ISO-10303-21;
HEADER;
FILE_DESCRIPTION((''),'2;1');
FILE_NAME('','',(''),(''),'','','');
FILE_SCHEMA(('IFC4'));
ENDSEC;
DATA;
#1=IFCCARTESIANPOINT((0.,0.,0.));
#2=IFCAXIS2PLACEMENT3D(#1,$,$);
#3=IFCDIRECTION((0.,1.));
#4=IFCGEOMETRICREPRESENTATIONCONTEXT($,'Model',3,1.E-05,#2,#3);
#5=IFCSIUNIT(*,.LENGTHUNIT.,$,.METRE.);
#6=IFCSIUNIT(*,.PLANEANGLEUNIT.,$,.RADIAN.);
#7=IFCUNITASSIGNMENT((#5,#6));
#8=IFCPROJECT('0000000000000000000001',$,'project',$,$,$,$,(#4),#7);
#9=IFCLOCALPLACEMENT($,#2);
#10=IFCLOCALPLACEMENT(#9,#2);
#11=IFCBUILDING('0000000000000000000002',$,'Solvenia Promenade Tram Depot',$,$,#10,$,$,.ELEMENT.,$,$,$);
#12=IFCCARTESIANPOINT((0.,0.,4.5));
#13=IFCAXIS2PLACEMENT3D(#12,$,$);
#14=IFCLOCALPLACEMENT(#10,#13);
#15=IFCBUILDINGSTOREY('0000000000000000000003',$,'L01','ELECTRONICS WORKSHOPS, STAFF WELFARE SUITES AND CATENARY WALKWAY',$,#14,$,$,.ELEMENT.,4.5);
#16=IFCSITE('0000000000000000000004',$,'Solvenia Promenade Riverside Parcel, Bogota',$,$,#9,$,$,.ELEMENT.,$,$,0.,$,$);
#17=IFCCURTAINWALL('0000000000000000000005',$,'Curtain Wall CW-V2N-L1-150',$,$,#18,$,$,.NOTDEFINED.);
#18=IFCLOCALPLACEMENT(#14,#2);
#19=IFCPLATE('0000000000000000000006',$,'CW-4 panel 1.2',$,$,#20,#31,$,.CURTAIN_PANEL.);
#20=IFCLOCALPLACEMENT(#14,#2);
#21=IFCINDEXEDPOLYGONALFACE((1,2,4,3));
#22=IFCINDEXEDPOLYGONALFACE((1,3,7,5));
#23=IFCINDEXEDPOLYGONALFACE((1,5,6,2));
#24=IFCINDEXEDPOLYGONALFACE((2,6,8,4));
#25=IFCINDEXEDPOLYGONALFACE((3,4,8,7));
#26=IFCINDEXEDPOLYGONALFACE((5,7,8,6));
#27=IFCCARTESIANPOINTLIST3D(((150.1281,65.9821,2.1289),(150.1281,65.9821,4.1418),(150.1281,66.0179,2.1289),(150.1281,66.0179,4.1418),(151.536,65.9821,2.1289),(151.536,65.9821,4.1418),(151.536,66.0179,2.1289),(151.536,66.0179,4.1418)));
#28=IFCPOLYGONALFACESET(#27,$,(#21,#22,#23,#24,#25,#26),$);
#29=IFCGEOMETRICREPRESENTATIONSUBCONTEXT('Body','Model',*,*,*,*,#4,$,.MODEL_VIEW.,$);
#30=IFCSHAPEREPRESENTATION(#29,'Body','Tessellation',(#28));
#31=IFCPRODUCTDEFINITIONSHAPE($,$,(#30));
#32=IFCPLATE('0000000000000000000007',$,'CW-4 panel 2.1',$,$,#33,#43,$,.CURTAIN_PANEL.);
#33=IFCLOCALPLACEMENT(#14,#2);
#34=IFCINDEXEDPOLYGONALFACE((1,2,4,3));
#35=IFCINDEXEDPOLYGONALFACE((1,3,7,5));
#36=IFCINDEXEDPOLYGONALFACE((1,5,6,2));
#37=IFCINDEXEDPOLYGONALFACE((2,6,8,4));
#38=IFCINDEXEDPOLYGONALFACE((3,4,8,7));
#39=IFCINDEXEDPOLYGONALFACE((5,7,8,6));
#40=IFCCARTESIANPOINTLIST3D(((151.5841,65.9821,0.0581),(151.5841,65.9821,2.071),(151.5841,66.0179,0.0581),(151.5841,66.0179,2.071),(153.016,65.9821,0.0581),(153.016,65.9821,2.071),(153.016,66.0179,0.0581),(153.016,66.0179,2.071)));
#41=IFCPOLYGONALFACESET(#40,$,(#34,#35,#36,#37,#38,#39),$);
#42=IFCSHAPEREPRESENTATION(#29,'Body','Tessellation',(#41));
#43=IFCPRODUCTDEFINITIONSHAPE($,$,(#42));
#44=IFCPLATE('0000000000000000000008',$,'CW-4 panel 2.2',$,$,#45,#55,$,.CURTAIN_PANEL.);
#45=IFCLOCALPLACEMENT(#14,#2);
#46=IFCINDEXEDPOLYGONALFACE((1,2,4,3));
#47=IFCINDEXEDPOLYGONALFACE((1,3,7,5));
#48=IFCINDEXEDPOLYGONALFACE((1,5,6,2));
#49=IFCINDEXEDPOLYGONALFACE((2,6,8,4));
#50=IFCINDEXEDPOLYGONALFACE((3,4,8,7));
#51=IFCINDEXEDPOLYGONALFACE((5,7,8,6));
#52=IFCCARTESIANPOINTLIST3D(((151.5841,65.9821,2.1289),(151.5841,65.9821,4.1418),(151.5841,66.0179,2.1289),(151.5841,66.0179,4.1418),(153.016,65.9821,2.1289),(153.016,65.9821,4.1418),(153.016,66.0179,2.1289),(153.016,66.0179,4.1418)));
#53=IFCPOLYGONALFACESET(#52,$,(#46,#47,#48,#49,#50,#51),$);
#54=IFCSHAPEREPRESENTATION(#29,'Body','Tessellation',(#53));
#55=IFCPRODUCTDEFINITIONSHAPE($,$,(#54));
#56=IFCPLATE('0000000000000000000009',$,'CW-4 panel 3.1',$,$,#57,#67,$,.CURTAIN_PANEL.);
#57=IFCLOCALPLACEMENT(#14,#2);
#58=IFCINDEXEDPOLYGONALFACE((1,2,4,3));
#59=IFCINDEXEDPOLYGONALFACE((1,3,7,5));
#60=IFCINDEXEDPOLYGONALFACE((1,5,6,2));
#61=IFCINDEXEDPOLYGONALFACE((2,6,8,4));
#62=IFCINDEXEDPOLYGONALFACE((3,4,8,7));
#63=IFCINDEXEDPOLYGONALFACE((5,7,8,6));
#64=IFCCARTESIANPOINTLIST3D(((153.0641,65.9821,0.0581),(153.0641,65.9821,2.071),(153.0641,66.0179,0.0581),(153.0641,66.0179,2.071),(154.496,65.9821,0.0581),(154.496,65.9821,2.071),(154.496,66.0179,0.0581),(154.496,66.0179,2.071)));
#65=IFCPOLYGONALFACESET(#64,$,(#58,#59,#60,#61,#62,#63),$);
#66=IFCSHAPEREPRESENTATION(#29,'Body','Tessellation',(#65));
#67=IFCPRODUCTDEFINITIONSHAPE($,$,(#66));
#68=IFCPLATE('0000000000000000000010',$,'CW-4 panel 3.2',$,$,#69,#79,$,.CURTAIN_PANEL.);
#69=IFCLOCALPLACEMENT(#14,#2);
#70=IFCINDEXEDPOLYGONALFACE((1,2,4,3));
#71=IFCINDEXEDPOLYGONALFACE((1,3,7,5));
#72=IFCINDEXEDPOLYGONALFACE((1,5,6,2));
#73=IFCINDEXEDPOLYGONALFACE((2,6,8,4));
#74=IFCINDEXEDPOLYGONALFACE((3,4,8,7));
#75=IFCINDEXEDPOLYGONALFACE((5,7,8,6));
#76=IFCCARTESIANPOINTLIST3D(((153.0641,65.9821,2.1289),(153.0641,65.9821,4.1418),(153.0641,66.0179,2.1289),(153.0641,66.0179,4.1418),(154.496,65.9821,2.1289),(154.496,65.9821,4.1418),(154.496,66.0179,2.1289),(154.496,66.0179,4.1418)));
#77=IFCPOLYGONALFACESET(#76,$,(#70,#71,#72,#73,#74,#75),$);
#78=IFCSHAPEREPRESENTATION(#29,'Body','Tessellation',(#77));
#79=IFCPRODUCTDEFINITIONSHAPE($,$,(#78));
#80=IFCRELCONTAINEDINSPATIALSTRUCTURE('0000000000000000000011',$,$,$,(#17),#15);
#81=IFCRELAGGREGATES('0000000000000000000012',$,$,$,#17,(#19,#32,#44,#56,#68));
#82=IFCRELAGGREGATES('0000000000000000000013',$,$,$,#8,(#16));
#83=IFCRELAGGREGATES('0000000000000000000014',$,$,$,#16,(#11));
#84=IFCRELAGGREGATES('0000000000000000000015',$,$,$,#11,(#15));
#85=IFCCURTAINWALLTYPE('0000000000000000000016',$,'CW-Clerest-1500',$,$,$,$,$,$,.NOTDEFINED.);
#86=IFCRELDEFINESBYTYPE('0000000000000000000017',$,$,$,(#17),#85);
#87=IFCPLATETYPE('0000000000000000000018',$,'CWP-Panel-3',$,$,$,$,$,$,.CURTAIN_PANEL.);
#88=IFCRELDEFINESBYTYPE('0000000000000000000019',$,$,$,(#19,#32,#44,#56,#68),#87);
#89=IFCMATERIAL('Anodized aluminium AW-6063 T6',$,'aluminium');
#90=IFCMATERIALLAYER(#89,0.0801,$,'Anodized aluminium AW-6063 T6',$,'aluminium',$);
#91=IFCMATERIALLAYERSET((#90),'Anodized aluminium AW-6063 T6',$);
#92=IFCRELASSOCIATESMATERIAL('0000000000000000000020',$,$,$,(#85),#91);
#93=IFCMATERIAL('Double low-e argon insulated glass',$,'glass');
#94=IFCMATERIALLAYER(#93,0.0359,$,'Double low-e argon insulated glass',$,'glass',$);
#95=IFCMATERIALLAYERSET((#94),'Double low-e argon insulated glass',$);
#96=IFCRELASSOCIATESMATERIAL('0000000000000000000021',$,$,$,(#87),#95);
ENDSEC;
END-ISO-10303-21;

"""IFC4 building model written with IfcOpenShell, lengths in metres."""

from ifc_helpers import new_model, si_unit, direction, frame, origin, origin_2d, place, context, subcontext, project, spatial, rectangle, extrude, material, layer, layer_set, type_object, element, aggregate, save


model = new_model("IFC4")

# Units and contexts
model_context = context("Model", 3, precision=1e-05, world=origin(), true_north=direction((0.0, 1.0)))
body_context = subcontext(model_context, "Body", "Model", "MODEL_VIEW")
ifc_project = project(units=[si_unit("LENGTHUNIT", "METRE"), si_unit("PLANEANGLEUNIT", "RADIAN")], contexts=[model_context])

# Site, building, storey
site_placement = place(None, origin())
site = spatial("IfcSite", under=ifc_project, at=site_placement, Name="Solvenia Promenade Riverside Parcel, Bogota", CompositionType="ELEMENT", RefElevation=0.0)
building_placement = place(site_placement, origin())
building = spatial("IfcBuilding", under=site, at=building_placement, Name="Solvenia Promenade Tram Depot", CompositionType="ELEMENT")
storey_placement = place(building_placement, frame((0.0, 0.0, 4.5)))
storey = spatial("IfcBuildingStorey", under=building, at=storey_placement, Name="L01", Description="ELECTRONICS WORKSHOPS, STAFF WELFARE SUITES AND CATENARY WALKWAY", CompositionType="ELEMENT", Elevation=4.5)

# Curtain wall
ifc_material_1 = material(Name="Anodized aluminium AW-6063 T6", Category="aluminium")
ifc_layer_1 = layer(ifc_material_1, 0.0801, Name="Anodized aluminium AW-6063 T6", Category="aluminium")
ifc_layer_set_1 = layer_set([ifc_layer_1], Name="Anodized aluminium AW-6063 T6")
curtain_wall_type_1 = type_object("IfcCurtainWallType", Name="CW-Clerest-1500", PredefinedType="NOTDEFINED", material=ifc_layer_set_1)
curtain_wall_1_placement = place(storey_placement, origin())
curtain_wall_1 = element("IfcCurtainWall", 1, at=curtain_wall_1_placement, inside=storey, type_object=curtain_wall_type_1, Name="Curtain Wall CW-V2N-L1-150", PredefinedType="NOTDEFINED")

# Plates
ifc_material_2 = material(Name="Double low-e argon insulated glass", Category="glass")
ifc_layer_2 = layer(ifc_material_2, 0.0359, Name="Double low-e argon insulated glass", Category="glass")
ifc_layer_set_2 = layer_set([ifc_layer_2], Name="Double low-e argon insulated glass")
plate_type = type_object("IfcPlateType", Name="CWP-Panel-3", PredefinedType="CURTAIN_PANEL", material=ifc_layer_set_2)
plate_1_placement = place(storey_placement, frame((150.832, 66.0, 2.1289), z_axis=(0.0, 0.0, 1.0), x_axis=(1.0, 0.0, 0.0)))
plate_1 = element("IfcPlate", 2, at=plate_1_placement, type_object=plate_type, Name="CW-4 panel 1.2", PredefinedType="CURTAIN_PANEL", context=body_context, shape_type="SweptSolid", body=[
    extrude(rectangle(XDim=1.408, YDim=0.0359, at=origin_2d()), origin(), (0.0, 0.0, 1.0), 2.0129),
])
plate_2_placement = place(storey_placement, frame((152.3, 66.0, 0.0581), z_axis=(0.0, 0.0, 1.0), x_axis=(1.0, 0.0, 0.0)))
plate_2 = element("IfcPlate", 3, at=plate_2_placement, type_object=plate_type, Name="CW-4 panel 2.1", PredefinedType="CURTAIN_PANEL", context=body_context, shape_type="SweptSolid", body=[
    extrude(rectangle(XDim=1.4319, YDim=0.0359, at=origin_2d()), origin(), (0.0, 0.0, 1.0), 2.0129),
])
plate_3_placement = place(storey_placement, frame((152.3, 66.0, 2.1289), z_axis=(0.0, 0.0, 1.0), x_axis=(1.0, 0.0, 0.0)))
plate_3 = element("IfcPlate", 4, at=plate_3_placement, type_object=plate_type, Name="CW-4 panel 2.2", PredefinedType="CURTAIN_PANEL", context=body_context, shape_type="SweptSolid", body=[
    extrude(rectangle(XDim=1.4319, YDim=0.0359, at=origin_2d()), origin(), (0.0, 0.0, 1.0), 2.0129),
])
plate_4_placement = place(storey_placement, frame((153.78, 66.0, 0.0581), z_axis=(0.0, 0.0, 1.0), x_axis=(1.0, 0.0, 0.0)))
plate_4 = element("IfcPlate", 5, at=plate_4_placement, type_object=plate_type, Name="CW-4 panel 3.1", PredefinedType="CURTAIN_PANEL", context=body_context, shape_type="SweptSolid", body=[
    extrude(rectangle(XDim=1.4319, YDim=0.0359, at=origin_2d()), origin(), (0.0, 0.0, 1.0), 2.0129),
])
plate_5_placement = place(storey_placement, frame((153.78, 66.0, 2.1289), z_axis=(0.0, 0.0, 1.0), x_axis=(1.0, 0.0, 0.0)))
plate_5 = element("IfcPlate", 6, at=plate_5_placement, type_object=plate_type, Name="CW-4 panel 3.2", PredefinedType="CURTAIN_PANEL", context=body_context, shape_type="SweptSolid", body=[
    extrude(rectangle(XDim=1.4319, YDim=0.0359, at=origin_2d()), origin(), (0.0, 0.0, 1.0), 2.0129),
])
aggregate(curtain_wall_1, [plate_1, plate_2, plate_3, plate_4, plate_5])

save(model, "model.ifc")
